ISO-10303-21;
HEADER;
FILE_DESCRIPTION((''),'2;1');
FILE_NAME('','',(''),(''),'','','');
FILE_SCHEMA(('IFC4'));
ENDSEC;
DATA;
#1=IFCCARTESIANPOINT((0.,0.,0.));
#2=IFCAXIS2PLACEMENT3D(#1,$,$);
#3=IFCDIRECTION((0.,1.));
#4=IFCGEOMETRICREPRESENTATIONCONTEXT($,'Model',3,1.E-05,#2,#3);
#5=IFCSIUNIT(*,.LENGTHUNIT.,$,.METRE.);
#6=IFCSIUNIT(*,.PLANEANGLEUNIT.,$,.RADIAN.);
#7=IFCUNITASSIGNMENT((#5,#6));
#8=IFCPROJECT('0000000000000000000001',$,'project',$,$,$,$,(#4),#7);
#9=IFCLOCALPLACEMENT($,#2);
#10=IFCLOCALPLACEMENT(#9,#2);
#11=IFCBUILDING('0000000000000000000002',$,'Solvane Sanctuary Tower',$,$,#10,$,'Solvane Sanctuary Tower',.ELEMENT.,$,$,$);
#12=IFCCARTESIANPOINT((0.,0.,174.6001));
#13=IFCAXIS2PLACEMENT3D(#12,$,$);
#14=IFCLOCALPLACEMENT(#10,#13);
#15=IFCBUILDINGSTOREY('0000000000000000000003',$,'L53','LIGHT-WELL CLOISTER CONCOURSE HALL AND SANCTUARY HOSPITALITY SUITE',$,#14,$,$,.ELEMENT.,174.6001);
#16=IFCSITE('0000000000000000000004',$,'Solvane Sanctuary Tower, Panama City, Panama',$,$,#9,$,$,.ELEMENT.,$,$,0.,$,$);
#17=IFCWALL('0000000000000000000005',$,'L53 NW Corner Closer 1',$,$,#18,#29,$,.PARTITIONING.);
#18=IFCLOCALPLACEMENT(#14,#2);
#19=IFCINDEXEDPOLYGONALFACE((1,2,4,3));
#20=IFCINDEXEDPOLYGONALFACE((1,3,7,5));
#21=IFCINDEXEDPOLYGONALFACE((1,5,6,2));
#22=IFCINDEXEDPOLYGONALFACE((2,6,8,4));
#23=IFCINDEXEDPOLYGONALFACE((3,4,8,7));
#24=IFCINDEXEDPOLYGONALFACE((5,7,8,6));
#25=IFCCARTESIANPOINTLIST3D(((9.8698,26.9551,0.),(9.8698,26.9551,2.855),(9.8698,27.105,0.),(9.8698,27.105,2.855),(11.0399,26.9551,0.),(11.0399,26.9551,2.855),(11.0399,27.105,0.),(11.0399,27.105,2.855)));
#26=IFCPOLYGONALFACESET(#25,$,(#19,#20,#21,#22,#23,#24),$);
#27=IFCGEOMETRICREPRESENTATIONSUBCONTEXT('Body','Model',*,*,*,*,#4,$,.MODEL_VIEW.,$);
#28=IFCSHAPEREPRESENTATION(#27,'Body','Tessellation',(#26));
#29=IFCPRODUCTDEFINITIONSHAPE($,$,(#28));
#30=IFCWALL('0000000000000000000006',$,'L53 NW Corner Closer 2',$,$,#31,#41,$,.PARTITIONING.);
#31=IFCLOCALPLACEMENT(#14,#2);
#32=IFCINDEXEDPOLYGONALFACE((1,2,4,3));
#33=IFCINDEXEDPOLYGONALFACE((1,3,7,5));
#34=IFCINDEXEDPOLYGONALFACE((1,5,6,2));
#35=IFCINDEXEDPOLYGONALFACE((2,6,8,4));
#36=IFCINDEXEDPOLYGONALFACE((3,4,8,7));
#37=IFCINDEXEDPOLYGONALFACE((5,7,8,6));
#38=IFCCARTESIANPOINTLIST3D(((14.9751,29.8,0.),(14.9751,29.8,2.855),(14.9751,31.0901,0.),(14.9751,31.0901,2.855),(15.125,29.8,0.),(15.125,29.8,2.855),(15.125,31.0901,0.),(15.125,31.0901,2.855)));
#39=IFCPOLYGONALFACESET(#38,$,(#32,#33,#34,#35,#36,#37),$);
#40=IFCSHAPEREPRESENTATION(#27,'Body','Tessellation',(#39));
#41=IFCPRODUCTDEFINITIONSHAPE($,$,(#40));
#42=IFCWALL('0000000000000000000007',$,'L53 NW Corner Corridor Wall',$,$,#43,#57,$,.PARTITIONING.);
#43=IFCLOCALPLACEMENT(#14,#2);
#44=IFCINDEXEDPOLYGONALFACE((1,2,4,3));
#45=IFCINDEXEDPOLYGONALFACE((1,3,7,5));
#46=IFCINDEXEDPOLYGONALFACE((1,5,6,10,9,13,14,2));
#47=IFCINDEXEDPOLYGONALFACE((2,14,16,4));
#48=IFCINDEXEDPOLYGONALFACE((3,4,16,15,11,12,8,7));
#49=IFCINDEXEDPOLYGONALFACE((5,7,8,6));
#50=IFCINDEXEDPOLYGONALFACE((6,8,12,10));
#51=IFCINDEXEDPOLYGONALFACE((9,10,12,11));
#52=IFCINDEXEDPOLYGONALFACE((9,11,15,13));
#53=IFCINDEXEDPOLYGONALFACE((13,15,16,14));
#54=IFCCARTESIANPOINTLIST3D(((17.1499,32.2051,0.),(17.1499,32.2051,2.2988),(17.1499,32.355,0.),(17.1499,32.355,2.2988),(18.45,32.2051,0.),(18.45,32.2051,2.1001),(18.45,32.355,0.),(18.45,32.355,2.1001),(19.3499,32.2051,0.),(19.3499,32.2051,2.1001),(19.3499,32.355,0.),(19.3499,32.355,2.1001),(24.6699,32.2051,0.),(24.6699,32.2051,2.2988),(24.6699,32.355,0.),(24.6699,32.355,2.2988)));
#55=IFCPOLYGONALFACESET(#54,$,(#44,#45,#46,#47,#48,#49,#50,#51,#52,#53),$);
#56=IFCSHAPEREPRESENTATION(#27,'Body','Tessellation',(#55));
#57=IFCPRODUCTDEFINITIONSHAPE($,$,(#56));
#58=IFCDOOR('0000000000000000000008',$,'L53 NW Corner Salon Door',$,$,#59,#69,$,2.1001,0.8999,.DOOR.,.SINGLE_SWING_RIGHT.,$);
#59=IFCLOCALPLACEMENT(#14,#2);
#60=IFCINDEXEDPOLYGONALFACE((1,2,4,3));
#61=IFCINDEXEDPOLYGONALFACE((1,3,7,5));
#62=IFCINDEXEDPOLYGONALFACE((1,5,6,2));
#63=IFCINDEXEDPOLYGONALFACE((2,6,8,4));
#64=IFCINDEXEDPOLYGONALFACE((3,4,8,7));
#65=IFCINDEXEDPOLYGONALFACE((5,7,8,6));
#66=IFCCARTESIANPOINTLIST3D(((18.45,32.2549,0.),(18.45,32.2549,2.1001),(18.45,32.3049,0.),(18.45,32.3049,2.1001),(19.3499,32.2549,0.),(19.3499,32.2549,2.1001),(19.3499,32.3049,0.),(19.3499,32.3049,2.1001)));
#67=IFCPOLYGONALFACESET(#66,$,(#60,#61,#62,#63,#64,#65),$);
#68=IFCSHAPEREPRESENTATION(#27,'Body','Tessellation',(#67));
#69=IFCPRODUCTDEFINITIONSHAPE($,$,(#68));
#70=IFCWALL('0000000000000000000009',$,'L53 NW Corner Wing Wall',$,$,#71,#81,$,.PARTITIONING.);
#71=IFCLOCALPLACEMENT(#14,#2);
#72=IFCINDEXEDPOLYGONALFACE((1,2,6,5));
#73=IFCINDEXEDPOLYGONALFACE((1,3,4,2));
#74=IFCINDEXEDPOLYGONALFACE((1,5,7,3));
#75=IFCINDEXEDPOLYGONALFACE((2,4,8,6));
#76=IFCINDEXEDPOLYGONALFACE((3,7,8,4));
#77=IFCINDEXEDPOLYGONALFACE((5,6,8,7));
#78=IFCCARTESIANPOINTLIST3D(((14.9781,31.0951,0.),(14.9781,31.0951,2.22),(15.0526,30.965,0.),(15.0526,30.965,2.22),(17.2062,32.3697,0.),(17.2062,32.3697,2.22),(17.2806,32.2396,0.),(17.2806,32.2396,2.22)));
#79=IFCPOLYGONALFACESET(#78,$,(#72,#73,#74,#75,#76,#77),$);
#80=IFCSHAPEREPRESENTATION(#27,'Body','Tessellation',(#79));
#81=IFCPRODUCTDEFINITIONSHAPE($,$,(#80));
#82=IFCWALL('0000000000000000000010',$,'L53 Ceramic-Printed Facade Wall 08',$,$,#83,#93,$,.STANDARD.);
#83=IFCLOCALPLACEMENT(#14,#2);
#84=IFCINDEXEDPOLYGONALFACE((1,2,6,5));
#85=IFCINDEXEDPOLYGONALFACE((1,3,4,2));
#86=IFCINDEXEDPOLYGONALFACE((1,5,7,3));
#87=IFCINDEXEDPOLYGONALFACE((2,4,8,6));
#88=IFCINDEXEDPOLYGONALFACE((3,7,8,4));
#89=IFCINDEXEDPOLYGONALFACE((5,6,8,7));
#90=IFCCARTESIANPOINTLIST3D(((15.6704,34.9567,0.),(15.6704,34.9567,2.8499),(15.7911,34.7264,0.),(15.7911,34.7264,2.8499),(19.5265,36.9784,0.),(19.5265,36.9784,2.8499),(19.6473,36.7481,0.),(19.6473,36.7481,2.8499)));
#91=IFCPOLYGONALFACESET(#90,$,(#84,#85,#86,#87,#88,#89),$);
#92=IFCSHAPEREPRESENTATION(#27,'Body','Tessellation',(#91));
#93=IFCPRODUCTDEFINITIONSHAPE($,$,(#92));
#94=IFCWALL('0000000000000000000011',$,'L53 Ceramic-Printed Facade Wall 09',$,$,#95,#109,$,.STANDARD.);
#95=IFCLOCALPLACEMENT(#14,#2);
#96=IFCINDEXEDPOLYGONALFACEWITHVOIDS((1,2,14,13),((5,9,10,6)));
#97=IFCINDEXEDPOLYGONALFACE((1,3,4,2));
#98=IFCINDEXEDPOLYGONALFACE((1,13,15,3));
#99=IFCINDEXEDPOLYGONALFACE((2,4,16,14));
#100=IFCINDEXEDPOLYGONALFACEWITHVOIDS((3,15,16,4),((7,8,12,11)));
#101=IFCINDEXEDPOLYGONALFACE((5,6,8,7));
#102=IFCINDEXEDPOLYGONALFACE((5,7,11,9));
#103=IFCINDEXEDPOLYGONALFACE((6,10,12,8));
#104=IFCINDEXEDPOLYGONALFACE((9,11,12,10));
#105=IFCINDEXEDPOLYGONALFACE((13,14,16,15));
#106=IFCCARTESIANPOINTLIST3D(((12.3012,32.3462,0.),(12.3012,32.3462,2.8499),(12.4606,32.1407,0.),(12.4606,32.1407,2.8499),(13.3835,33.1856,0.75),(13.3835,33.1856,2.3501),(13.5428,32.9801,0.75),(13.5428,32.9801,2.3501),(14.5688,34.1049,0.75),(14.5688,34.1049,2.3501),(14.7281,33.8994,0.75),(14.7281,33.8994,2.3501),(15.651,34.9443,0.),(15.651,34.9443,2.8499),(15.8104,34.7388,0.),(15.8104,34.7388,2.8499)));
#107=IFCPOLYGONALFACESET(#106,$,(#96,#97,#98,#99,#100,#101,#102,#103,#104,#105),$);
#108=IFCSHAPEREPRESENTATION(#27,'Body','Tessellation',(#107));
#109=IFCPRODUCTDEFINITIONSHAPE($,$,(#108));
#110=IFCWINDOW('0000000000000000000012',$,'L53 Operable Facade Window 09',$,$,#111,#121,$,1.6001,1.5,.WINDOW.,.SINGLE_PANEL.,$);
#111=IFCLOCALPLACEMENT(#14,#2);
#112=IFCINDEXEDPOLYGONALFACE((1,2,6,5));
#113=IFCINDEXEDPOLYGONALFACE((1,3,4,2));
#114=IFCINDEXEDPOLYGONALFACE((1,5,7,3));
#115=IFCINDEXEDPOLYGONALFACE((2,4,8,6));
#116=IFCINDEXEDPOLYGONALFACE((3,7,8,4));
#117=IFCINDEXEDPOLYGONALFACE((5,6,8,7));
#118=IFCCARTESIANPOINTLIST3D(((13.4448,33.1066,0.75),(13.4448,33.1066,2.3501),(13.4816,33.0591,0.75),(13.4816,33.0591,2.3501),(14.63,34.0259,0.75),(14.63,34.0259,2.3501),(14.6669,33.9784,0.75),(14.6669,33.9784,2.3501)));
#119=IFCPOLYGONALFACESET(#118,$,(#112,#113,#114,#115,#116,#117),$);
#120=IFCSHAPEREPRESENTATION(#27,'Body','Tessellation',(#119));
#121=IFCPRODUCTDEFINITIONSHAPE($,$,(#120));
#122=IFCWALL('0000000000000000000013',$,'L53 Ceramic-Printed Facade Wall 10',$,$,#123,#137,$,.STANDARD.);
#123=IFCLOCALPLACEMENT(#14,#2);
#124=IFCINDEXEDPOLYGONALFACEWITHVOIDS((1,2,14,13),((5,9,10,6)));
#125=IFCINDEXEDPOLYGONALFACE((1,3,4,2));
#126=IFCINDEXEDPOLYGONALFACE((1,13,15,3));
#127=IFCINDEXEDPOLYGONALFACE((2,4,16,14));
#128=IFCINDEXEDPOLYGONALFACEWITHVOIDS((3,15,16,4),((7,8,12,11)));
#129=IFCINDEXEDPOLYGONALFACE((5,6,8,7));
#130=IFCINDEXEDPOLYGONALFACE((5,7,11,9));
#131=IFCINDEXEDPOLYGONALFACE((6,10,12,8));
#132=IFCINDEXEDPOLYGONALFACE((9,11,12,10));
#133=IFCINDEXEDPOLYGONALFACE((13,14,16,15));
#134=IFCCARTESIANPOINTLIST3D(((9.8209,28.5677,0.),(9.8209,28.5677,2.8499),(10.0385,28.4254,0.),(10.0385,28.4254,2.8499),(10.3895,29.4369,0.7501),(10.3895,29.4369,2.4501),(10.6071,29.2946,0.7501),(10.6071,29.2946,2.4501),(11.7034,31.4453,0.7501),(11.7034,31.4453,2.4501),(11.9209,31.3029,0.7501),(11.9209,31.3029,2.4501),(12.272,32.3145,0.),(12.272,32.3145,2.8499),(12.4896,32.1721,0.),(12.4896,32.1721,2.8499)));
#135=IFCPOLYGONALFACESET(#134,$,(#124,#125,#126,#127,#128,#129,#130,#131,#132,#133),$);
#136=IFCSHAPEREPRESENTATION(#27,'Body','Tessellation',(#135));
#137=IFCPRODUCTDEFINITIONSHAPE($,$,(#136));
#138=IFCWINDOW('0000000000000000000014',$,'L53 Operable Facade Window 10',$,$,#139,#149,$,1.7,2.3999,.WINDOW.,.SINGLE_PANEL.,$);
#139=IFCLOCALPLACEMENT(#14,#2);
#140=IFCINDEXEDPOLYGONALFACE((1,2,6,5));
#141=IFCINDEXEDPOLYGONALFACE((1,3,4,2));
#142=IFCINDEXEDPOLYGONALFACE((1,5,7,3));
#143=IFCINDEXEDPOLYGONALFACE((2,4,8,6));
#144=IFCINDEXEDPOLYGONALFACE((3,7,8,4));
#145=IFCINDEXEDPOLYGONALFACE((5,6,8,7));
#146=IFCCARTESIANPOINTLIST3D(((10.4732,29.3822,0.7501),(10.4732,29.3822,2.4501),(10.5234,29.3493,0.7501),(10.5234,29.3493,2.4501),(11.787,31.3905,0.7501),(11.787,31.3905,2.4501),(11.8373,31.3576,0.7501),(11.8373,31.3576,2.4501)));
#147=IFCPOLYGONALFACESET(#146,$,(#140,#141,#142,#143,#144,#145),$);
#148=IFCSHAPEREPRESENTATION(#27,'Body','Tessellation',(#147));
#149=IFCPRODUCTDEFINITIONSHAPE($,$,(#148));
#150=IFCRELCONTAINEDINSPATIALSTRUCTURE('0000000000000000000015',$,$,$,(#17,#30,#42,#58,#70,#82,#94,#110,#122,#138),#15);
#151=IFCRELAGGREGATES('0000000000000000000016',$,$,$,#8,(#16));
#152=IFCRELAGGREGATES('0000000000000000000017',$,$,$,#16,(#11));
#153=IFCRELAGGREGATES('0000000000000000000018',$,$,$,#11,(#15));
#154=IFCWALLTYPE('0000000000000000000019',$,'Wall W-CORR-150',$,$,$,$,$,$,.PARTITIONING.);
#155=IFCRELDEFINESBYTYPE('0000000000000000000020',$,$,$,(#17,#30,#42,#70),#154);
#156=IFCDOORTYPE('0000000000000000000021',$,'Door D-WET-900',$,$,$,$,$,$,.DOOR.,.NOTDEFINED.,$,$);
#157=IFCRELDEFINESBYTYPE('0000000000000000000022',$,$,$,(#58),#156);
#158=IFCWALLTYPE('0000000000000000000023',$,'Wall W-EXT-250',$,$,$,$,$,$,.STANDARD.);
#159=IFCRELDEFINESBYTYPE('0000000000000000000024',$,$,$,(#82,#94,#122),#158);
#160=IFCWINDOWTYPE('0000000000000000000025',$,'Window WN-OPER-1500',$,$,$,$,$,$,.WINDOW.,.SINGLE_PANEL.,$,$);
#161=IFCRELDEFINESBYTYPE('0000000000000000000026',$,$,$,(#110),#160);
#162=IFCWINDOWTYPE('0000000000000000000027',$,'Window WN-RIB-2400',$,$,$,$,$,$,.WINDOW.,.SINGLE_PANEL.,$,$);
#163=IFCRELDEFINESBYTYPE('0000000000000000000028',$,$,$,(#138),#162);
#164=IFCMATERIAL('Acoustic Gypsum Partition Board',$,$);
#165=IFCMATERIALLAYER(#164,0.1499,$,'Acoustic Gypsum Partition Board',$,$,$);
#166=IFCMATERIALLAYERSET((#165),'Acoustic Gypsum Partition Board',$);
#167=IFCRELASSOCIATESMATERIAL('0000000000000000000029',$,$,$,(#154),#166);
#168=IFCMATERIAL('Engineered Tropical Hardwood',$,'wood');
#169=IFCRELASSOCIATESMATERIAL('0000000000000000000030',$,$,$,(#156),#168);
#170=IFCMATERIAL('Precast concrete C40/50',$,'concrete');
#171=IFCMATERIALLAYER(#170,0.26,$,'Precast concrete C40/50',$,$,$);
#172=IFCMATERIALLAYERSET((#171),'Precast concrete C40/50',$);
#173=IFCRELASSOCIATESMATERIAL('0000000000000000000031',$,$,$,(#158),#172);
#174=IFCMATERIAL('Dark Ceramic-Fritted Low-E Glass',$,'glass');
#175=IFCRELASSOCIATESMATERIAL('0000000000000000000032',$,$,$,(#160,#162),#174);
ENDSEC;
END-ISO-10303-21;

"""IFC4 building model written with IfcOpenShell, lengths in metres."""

from ifc_helpers import new_model, si_unit, direction, frame, frame_2d, origin, place, context, subcontext, project, spatial, rectangle, extrude, material, layer, layer_set, type_object, element, fill, save


model = new_model("IFC4")

# Units and contexts
model_context = context("Model", 3, precision=1e-05, world=origin(), true_north=direction((0.0, 1.0)))
body_context = subcontext(model_context, "Body", "Model", "MODEL_VIEW")
ifc_project = project(units=[si_unit("LENGTHUNIT", "METRE"), si_unit("PLANEANGLEUNIT", "RADIAN")], contexts=[model_context])

# Site, building, storey
site_placement = place(None, origin())
site = spatial("IfcSite", under=ifc_project, at=site_placement, Name="Solvane Sanctuary Tower, Panama City, Panama", CompositionType="ELEMENT", RefElevation=0.0)
building_placement = place(site_placement, origin())
building = spatial("IfcBuilding", under=site, at=building_placement, Name="Solvane Sanctuary Tower", LongName="Solvane Sanctuary Tower", CompositionType="ELEMENT")
storey_placement = place(building_placement, frame((0.0, 0.0, 174.6001)))
storey = spatial("IfcBuildingStorey", under=building, at=storey_placement, Name="L53", Description="LIGHT-WELL CLOISTER CONCOURSE HALL AND SANCTUARY HOSPITALITY SUITE", CompositionType="ELEMENT", Elevation=174.6001)

# Walls
ifc_material_1 = material(Name="Acoustic Gypsum Partition Board")
ifc_layer_1 = layer(ifc_material_1, 0.1499, Name="Acoustic Gypsum Partition Board")
ifc_layer_set_1 = layer_set([ifc_layer_1], Name="Acoustic Gypsum Partition Board")
wall_type_1 = type_object("IfcWallType", Name="Wall W-CORR-150", PredefinedType="PARTITIONING", material=ifc_layer_set_1)
wall_1_placement = place(storey_placement, frame((9.8699, 27.03, 0.0), z_axis=(0.0, 0.0, 1.0), x_axis=(1.0, 0.0, 0.0)))
element("IfcWall", 1, at=wall_1_placement, inside=storey, type_object=wall_type_1, Name="L53 NW Corner Closer 1", PredefinedType="PARTITIONING", context=body_context, shape_type="SweptSolid", body=[
    extrude(rectangle(XDim=1.1702, YDim=0.1499, at=frame_2d((0.585, 0.0))), origin(), (0.0, 0.0, 1.0), 2.855),
])
wall_2_placement = place(storey_placement, frame((15.05, 29.8, 0.0), z_axis=(0.0, 0.0, 1.0), x_axis=(0.0, 1.0, 0.0)))
element("IfcWall", 2, at=wall_2_placement, inside=storey, type_object=wall_type_1, Name="L53 NW Corner Closer 2", PredefinedType="PARTITIONING", context=body_context, shape_type="SweptSolid", body=[
    extrude(rectangle(XDim=1.29, YDim=0.1499, at=frame_2d((0.645, 0.0))), origin(), (0.0, 0.0, 1.0), 2.855),
])

# Wall, opening, door
wall_3_placement = place(storey_placement, frame((17.1499, 32.28, 0.0), z_axis=(0.0, 0.0, 1.0), x_axis=(1.0, 0.0, 0.0)))
wall_3 = element("IfcWall", 3, at=wall_3_placement, inside=storey, type_object=wall_type_1, Name="L53 NW Corner Corridor Wall", PredefinedType="PARTITIONING", context=body_context, shape_type="SweptSolid", body=[
    extrude(rectangle(XDim=7.52, YDim=0.1499, at=frame_2d((3.76, 0.0))), origin(), (0.0, 0.0, 1.0), 2.2988),
])
opening_1_placement = place(wall_3_placement, frame((1.3, 0.0, 0.0)))
opening_1 = element("IfcOpeningElement", 4, at=opening_1_placement, cuts=wall_3, PredefinedType="OPENING", context=body_context, shape_type="SweptSolid", body=[
    extrude(rectangle(XDim=0.8999, YDim=2.1001, at=frame_2d((0.45, 1.05))), frame((0.0, 0.085, 0.0), z_axis=(0.0, -1.0, 0.0), x_axis=(1.0, 0.0, 0.0)), (0.0, 0.0, 1.0), 0.1699),
])
ifc_material_2 = material(Name="Engineered Tropical Hardwood", Category="wood")
door_type_1 = type_object("IfcDoorType", Name="Door D-WET-900", OperationType="NOTDEFINED", PredefinedType="DOOR", material=ifc_material_2)
door_1_placement = place(opening_1_placement, origin())
door_1 = element("IfcDoor", 5, at=door_1_placement, inside=storey, type_object=door_type_1, Name="L53 NW Corner Salon Door", OperationType="SINGLE_SWING_RIGHT", OverallHeight=2.1001, OverallWidth=0.8999, PredefinedType="DOOR", context=body_context, shape_type="SweptSolid", body=[
    extrude(rectangle(XDim=0.8999, YDim=2.1001, at=frame_2d((0.45, 1.05))), frame((0.0, 0.0249, 0.0), z_axis=(0.0, -1.0, 0.0), x_axis=(1.0, 0.0, 0.0)), (0.0, 0.0, 1.0), 0.05),
])
fill(opening_1, door_1)

# Walls
wall_4_placement = place(storey_placement, frame((17.2434, 32.3047, 0.0), z_axis=(0.0, 0.0, 1.0), x_axis=(-0.867991, -0.496579, 0.0)))
element("IfcWall", 6, at=wall_4_placement, inside=storey, type_object=wall_type_1, Name="L53 NW Corner Wing Wall", PredefinedType="PARTITIONING", context=body_context, shape_type="SweptSolid", body=[
    extrude(rectangle(XDim=2.5669, YDim=0.1499, at=frame_2d((1.2834, 0.0))), origin(), (0.0, 0.0, 1.0), 2.22),
])
ifc_material_3 = material(Name="Precast concrete C40/50", Category="concrete")
ifc_layer_2 = layer(ifc_material_3, 0.26, Name="Precast concrete C40/50")
ifc_layer_set_2 = layer_set([ifc_layer_2], Name="Precast concrete C40/50")
wall_type_2 = type_object("IfcWallType", Name="Wall W-EXT-250", PredefinedType="STANDARD", material=ifc_layer_set_2)
wall_5_placement = place(storey_placement, frame((19.5869, 36.8633, 0.0), z_axis=(0.0, 0.0, 1.0), x_axis=(-0.88566, -0.464334, 0.0)))
element("IfcWall", 7, at=wall_5_placement, inside=storey, type_object=wall_type_2, Name="L53 Ceramic-Printed Facade Wall 08", PredefinedType="STANDARD", context=body_context, shape_type="SweptSolid", body=[
    extrude(rectangle(XDim=4.354, YDim=0.26, at=frame_2d((2.177, 0.0))), origin(), (0.0, 0.0, 1.0), 2.8499),
])

# Walls, openings, windows
wall_6_placement = place(storey_placement, frame((15.7307, 34.8416, 0.0), z_axis=(0.0, 0.0, 1.0), x_axis=(-0.790186, -0.612868, 0.0)))
wall_6 = element("IfcWall", 8, at=wall_6_placement, inside=storey, type_object=wall_type_2, Name="L53 Ceramic-Printed Facade Wall 09", PredefinedType="STANDARD", context=body_context, shape_type="SweptSolid", body=[
    extrude(rectangle(XDim=4.2393, YDim=0.26, at=frame_2d((2.1196, 0.0))), origin(), (0.0, 0.0, 1.0), 2.8499),
])
opening_2_placement = place(wall_6_placement, frame((1.3696, 0.0, 0.75)))
opening_2 = element("IfcOpeningElement", 9, at=opening_2_placement, cuts=wall_6, PredefinedType="OPENING", context=body_context, shape_type="SweptSolid", body=[
    extrude(rectangle(XDim=1.5, YDim=1.6001, at=frame_2d((0.75, 0.8))), frame((0.0, 0.1399, 0.0), z_axis=(0.0, -1.0, 0.0), x_axis=(1.0, 0.0, 0.0)), (0.0, 0.0, 1.0), 0.28),
])
ifc_material_4 = material(Name="Dark Ceramic-Fritted Low-E Glass", Category="glass")
window_type_1 = type_object("IfcWindowType", Name="Window WN-OPER-1500", PartitioningType="SINGLE_PANEL", PredefinedType="WINDOW", material=ifc_material_4)
window_1_placement = place(opening_2_placement, origin())
window_1 = element("IfcWindow", 10, at=window_1_placement, inside=storey, type_object=window_type_1, Name="L53 Operable Facade Window 09", OverallHeight=1.6001, OverallWidth=1.5, PartitioningType="SINGLE_PANEL", PredefinedType="WINDOW", context=body_context, shape_type="SweptSolid", body=[
    extrude(rectangle(XDim=1.5, YDim=1.6001, at=frame_2d((0.75, 0.8))), frame((0.0, 0.03, 0.0), z_axis=(0.0, -1.0, 0.0), x_axis=(1.0, 0.0, 0.0)), (0.0, 0.0, 1.0), 0.0601),
])
fill(opening_2, window_1)
wall_7_placement = place(storey_placement, frame((12.3809, 32.2434, 0.0), z_axis=(0.0, 0.0, 1.0), x_axis=(-0.547456, -0.836834, 0.0)))
wall_7 = element("IfcWall", 11, at=wall_7_placement, inside=storey, type_object=wall_type_2, Name="L53 Ceramic-Printed Facade Wall 10", PredefinedType="STANDARD", context=body_context, shape_type="SweptSolid", body=[
    extrude(rectangle(XDim=4.4773, YDim=0.26, at=frame_2d((2.2388, 0.0))), origin(), (0.0, 0.0, 1.0), 2.8499),
])
opening_3_placement = place(wall_7_placement, frame((1.0388, 0.0, 0.75)))
opening_3 = element("IfcOpeningElement", 12, at=opening_3_placement, cuts=wall_7, PredefinedType="OPENING", context=body_context, shape_type="SweptSolid", body=[
    extrude(rectangle(XDim=2.3999, YDim=1.7, at=frame_2d((1.2, 0.8501))), frame((0.0, 0.1399, 0.0), z_axis=(0.0, -1.0, 0.0), x_axis=(1.0, 0.0, 0.0)), (0.0, 0.0, 1.0), 0.28),
])
window_type_2 = type_object("IfcWindowType", Name="Window WN-RIB-2400", PartitioningType="SINGLE_PANEL", PredefinedType="WINDOW", material=ifc_material_4)
window_2_placement = place(opening_3_placement, origin())
window_2 = element("IfcWindow", 13, at=window_2_placement, inside=storey, type_object=window_type_2, Name="L53 Operable Facade Window 10", OverallHeight=1.7, OverallWidth=2.3999, PartitioningType="SINGLE_PANEL", PredefinedType="WINDOW", context=body_context, shape_type="SweptSolid", body=[
    extrude(rectangle(XDim=2.3999, YDim=1.7, at=frame_2d((1.2, 0.8501))), frame((0.0, 0.03, 0.0), z_axis=(0.0, -1.0, 0.0), x_axis=(1.0, 0.0, 0.0)), (0.0, 0.0, 1.0), 0.0601),
])
fill(opening_3, window_2)

save(model, "model.ifc")
